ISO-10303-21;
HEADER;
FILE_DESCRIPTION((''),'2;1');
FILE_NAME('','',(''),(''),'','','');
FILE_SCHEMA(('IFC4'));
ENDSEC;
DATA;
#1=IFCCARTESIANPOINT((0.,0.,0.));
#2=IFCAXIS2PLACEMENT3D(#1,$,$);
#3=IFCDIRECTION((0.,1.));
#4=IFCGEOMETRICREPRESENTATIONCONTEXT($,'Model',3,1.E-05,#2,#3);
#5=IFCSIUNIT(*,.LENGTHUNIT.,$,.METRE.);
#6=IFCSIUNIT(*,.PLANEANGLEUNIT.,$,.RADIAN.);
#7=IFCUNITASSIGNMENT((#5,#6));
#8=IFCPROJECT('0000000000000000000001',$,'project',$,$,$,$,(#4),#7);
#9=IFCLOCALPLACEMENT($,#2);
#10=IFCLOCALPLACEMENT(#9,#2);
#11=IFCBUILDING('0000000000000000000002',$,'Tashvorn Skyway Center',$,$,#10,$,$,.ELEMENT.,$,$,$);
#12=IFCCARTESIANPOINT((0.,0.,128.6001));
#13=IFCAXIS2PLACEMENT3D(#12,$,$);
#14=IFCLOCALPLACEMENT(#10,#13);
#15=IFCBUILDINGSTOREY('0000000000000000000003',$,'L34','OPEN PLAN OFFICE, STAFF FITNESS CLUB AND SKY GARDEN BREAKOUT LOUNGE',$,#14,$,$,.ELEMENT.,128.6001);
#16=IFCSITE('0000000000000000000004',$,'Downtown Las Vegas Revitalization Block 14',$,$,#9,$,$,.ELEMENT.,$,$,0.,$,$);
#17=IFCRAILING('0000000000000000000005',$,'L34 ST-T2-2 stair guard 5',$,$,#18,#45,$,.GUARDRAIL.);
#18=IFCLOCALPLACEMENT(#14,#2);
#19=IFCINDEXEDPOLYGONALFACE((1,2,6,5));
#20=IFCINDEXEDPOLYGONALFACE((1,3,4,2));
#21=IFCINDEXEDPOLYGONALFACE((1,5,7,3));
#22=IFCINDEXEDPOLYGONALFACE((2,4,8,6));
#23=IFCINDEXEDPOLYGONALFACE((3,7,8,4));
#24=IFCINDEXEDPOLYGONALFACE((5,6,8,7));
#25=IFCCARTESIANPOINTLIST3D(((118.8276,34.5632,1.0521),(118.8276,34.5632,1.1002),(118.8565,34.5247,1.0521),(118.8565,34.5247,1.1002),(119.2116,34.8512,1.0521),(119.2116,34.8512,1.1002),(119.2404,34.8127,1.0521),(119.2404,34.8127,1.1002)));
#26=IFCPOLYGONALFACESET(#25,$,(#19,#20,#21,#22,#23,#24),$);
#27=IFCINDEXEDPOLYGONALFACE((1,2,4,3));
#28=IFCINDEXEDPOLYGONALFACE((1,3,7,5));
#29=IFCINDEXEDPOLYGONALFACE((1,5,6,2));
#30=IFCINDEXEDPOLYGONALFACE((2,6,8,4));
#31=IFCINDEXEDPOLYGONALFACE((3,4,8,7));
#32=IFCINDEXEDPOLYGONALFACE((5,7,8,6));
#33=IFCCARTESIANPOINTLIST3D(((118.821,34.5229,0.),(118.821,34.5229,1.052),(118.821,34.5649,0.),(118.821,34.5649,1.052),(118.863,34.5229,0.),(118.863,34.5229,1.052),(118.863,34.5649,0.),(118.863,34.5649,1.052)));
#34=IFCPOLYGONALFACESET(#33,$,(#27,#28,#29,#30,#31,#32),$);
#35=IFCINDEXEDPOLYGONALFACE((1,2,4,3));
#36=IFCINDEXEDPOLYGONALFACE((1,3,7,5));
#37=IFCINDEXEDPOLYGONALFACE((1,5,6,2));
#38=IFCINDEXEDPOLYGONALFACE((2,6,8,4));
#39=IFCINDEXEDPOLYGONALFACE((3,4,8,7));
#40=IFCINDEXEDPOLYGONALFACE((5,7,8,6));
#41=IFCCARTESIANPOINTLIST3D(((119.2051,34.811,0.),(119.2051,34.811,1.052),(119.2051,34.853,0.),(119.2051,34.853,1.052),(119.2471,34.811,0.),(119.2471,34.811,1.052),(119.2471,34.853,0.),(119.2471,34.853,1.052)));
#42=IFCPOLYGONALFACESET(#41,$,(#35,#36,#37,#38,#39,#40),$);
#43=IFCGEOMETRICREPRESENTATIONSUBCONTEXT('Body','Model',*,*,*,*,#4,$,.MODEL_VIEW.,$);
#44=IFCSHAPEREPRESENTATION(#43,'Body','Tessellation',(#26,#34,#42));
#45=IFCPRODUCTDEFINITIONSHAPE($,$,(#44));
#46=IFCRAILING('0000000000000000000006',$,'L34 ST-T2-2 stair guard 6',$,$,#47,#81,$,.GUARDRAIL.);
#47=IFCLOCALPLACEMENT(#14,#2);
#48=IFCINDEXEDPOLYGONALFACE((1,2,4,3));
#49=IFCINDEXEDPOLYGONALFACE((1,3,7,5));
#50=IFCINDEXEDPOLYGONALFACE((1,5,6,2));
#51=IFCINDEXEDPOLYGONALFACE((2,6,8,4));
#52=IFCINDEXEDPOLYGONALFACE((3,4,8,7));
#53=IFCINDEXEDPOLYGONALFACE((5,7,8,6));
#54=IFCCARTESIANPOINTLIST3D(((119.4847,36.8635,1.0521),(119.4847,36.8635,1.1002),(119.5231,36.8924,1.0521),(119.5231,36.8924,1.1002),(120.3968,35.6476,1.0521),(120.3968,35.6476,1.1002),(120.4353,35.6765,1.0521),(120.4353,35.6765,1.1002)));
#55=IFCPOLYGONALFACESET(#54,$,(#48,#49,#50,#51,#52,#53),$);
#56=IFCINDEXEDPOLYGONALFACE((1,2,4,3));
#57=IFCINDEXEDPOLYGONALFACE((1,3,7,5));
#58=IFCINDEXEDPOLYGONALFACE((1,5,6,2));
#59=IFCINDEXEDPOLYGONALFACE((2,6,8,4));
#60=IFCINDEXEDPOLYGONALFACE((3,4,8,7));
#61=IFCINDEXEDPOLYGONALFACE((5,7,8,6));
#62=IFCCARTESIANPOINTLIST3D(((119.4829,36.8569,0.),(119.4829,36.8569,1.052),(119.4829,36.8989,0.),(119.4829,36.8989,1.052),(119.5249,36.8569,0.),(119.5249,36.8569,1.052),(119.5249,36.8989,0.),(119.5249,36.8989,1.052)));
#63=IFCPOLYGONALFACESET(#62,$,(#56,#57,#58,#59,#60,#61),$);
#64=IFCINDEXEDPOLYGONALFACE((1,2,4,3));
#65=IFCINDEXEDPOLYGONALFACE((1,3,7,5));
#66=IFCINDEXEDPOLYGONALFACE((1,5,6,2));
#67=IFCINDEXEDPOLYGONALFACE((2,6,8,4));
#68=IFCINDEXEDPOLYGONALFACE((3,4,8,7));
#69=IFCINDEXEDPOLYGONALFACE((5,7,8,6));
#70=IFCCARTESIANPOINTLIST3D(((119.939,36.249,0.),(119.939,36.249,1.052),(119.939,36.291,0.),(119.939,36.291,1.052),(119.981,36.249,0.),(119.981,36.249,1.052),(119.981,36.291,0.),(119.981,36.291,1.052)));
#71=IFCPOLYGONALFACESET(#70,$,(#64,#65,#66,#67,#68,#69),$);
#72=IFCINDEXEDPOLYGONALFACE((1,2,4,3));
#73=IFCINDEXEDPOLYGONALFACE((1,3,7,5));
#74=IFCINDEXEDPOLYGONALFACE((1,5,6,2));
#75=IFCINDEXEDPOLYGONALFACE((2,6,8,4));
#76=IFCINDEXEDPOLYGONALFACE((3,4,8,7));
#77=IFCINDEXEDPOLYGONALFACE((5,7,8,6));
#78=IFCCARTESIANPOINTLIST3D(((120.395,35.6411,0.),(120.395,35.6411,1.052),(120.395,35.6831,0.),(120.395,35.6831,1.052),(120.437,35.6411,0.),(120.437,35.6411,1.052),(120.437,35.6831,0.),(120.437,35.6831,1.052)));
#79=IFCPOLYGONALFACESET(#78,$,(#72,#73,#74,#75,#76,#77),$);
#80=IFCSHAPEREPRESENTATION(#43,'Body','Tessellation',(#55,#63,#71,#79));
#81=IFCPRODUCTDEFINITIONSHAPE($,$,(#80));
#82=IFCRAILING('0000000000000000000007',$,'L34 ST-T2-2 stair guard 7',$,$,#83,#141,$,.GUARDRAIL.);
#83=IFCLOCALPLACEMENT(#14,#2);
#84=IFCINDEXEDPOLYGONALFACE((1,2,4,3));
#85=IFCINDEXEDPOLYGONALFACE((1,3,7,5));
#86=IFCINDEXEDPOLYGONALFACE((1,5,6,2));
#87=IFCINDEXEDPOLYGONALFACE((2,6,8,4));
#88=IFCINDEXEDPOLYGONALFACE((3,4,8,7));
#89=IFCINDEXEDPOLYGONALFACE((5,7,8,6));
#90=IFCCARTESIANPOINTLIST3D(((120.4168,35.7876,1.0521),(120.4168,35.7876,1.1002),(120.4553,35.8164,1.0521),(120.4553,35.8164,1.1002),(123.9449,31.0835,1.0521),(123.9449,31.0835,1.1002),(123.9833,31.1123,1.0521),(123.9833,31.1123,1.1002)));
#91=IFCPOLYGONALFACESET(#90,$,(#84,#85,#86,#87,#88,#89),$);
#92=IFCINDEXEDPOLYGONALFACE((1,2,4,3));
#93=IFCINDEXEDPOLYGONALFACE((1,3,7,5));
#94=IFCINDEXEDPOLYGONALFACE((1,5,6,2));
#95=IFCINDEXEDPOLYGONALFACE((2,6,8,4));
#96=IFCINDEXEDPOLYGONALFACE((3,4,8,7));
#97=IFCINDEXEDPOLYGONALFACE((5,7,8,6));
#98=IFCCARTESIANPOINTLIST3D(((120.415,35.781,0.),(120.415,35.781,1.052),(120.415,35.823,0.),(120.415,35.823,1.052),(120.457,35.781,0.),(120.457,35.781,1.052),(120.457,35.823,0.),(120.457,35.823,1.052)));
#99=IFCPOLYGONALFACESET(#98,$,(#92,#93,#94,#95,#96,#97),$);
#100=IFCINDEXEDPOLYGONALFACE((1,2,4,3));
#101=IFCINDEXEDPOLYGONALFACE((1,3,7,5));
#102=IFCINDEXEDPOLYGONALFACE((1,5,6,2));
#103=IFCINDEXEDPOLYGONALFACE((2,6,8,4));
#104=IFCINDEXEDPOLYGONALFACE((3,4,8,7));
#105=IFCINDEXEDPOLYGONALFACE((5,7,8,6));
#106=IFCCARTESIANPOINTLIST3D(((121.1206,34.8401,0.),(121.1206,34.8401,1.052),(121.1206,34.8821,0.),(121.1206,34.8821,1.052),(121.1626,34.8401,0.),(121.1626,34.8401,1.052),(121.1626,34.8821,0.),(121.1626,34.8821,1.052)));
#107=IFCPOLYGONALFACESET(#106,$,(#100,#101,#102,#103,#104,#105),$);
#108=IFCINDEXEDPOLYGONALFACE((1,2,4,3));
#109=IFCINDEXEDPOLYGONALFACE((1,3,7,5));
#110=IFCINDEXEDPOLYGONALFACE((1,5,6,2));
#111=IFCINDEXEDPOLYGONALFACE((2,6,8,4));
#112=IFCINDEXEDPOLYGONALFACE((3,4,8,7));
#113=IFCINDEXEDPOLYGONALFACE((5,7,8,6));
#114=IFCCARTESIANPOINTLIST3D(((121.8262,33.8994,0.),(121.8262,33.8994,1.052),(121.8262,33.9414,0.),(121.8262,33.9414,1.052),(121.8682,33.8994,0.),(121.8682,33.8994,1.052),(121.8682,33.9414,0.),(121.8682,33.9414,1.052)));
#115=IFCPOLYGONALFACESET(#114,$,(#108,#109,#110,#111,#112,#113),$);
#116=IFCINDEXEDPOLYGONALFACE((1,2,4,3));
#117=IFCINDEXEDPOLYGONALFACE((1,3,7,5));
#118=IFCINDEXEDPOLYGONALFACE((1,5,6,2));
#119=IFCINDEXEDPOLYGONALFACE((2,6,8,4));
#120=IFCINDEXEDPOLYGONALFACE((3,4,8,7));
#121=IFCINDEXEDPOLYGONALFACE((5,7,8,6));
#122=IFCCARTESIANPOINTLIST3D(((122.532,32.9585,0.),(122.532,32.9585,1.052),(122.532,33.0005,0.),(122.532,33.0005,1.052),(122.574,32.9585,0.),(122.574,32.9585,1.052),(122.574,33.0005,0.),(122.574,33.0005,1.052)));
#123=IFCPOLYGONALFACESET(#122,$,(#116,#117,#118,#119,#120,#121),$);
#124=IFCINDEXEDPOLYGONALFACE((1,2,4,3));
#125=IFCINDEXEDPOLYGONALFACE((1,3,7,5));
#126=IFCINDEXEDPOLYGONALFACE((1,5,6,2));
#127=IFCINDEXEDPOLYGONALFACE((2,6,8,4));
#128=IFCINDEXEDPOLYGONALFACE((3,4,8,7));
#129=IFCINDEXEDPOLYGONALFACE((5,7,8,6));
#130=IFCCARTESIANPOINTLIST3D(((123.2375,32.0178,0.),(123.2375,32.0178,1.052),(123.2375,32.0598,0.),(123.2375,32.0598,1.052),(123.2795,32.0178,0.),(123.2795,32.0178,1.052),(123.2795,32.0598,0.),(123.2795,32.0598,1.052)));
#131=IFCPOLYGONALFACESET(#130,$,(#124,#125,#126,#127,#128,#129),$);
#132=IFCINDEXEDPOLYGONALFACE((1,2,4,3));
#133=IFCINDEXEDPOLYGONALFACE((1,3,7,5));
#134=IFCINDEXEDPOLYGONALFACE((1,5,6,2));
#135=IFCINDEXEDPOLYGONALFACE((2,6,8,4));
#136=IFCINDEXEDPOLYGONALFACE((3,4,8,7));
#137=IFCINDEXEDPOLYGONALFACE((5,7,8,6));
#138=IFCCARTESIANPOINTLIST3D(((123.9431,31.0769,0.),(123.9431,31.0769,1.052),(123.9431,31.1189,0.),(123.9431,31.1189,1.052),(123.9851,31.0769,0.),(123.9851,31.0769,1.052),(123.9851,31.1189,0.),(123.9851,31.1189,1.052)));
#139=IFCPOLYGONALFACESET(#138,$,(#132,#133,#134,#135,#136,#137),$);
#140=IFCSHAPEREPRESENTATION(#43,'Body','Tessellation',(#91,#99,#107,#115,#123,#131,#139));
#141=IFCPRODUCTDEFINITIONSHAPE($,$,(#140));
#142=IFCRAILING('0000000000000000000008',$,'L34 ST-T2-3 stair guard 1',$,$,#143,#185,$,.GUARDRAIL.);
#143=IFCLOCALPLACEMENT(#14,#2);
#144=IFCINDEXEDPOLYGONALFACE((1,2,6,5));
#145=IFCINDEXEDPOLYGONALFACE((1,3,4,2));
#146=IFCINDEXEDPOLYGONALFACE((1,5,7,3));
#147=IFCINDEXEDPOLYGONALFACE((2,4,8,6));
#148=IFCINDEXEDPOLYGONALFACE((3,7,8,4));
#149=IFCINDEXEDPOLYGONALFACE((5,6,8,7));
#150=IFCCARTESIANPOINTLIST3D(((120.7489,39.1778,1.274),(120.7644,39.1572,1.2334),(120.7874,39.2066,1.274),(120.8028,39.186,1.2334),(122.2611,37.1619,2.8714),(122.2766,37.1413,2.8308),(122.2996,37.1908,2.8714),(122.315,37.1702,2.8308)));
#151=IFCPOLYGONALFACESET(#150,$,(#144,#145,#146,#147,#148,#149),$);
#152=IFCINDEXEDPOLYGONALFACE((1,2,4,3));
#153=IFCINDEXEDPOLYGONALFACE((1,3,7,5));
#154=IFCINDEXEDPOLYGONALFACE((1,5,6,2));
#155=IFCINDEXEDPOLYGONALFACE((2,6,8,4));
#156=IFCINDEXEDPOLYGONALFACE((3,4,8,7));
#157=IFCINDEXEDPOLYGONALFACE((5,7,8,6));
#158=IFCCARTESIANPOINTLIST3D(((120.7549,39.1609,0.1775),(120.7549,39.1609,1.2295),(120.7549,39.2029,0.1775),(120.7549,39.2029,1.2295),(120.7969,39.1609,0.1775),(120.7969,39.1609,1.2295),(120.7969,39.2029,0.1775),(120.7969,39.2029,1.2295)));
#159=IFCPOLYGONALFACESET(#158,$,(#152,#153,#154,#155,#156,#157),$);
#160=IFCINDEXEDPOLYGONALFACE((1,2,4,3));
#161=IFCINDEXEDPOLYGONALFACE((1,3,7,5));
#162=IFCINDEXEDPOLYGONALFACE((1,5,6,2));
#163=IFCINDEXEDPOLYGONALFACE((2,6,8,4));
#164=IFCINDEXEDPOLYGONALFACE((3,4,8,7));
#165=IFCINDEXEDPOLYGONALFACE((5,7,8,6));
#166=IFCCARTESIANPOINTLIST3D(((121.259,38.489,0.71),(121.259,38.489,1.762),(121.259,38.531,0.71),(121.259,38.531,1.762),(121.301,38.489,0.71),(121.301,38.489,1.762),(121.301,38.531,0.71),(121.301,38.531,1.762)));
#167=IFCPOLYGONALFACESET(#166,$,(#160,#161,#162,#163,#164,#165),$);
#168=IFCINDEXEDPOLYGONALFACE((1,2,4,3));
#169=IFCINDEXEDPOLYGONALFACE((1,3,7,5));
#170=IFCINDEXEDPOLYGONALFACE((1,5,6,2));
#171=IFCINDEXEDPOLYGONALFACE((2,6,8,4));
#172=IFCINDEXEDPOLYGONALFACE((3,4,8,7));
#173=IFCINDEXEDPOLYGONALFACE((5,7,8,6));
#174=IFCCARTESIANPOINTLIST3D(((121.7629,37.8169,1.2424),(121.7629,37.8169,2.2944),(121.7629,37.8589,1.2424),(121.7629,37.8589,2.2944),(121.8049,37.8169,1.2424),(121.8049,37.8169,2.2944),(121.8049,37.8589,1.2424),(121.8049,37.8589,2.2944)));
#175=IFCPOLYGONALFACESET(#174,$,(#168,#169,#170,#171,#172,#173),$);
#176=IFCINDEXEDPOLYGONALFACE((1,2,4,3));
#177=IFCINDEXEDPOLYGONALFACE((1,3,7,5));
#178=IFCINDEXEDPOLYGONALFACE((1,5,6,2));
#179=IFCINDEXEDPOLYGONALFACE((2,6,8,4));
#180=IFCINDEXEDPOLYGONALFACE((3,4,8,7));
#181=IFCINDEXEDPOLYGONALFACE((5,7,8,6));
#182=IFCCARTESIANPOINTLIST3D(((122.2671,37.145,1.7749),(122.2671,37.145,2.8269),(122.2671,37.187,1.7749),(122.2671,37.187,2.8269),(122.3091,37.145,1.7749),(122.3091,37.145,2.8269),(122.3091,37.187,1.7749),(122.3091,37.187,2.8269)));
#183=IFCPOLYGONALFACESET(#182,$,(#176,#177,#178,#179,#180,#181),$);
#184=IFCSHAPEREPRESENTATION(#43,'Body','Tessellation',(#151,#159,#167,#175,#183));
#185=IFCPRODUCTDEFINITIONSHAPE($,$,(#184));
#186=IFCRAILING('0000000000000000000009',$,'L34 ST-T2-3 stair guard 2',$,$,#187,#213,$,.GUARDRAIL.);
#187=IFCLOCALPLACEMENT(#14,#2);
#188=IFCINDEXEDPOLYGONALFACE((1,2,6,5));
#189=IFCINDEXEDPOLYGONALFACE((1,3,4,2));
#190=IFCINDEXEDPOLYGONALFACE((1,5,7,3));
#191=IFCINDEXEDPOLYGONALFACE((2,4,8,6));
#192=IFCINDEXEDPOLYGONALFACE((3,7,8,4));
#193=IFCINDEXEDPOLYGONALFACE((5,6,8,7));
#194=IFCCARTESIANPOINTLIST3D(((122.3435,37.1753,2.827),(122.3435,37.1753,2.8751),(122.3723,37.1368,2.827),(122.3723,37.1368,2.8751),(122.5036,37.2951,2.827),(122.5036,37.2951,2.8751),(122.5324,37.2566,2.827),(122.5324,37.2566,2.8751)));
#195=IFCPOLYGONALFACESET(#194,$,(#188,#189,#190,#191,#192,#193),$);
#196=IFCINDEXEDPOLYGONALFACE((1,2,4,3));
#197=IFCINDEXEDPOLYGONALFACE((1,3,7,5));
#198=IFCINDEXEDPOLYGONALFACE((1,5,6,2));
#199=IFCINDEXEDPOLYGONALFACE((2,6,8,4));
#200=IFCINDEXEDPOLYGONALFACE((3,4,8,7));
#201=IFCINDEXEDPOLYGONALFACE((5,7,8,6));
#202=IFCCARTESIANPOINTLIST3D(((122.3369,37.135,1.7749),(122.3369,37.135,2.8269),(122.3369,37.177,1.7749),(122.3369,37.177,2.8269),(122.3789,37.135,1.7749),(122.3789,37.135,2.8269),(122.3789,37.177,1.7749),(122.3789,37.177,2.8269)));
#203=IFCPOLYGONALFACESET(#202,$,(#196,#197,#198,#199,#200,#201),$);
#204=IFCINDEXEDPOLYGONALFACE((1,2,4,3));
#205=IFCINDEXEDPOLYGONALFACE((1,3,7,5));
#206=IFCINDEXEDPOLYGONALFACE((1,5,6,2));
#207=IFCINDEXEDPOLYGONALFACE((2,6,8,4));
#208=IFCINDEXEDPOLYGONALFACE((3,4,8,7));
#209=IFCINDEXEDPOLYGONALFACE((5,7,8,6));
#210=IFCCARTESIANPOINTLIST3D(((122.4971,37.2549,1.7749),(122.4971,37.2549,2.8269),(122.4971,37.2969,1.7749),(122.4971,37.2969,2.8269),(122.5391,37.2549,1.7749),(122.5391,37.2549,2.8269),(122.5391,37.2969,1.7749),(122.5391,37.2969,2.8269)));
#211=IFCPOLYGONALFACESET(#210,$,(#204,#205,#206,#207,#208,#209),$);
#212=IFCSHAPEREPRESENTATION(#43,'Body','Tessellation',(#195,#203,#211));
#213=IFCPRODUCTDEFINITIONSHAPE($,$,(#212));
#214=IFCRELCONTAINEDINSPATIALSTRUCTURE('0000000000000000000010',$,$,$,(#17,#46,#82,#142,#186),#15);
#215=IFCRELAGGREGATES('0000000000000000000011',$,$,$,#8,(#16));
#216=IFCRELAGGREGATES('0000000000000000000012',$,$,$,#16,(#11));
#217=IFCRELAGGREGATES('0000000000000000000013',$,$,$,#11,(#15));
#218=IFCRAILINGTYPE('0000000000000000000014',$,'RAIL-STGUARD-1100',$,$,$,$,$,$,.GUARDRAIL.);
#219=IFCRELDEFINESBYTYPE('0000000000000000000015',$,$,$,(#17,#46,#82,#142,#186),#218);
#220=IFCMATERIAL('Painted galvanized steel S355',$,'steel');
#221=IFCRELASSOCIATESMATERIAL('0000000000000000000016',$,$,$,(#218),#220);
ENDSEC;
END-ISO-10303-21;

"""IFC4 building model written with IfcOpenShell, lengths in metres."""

from ifc_helpers import new_model, si_unit, direction, frame, origin, origin_2d, place, context, subcontext, project, spatial, rectangle, extrude, material, type_object, element, save


model = new_model("IFC4")

# Units and contexts
model_context = context("Model", 3, precision=1e-05, world=origin(), true_north=direction((0.0, 1.0)))
body_context = subcontext(model_context, "Body", "Model", "MODEL_VIEW")
ifc_project = project(units=[si_unit("LENGTHUNIT", "METRE"), si_unit("PLANEANGLEUNIT", "RADIAN")], contexts=[model_context])

# Site, building, storey
site_placement = place(None, origin())
site = spatial("IfcSite", under=ifc_project, at=site_placement, Name="Downtown Las Vegas Revitalization Block 14", CompositionType="ELEMENT", RefElevation=0.0)
building_placement = place(site_placement, origin())
building = spatial("IfcBuilding", under=site, at=building_placement, Name="Tashvorn Skyway Center", CompositionType="ELEMENT")
storey_placement = place(building_placement, frame((0.0, 0.0, 128.6001)))
storey = spatial("IfcBuildingStorey", under=building, at=storey_placement, Name="L34", Description="OPEN PLAN OFFICE, STAFF FITNESS CLUB AND SKY GARDEN BREAKOUT LOUNGE", CompositionType="ELEMENT", Elevation=128.6001)

# Railings
ifc_material_1 = material(Name="Painted galvanized steel S355", Category="steel")
railing_type_1 = type_object("IfcRailingType", Name="RAIL-STGUARD-1100", PredefinedType="GUARDRAIL", material=ifc_material_1)
railing_1_placement = place(storey_placement, frame((118.842, 34.5439, 0.0)))
element("IfcRailing", 1, at=railing_1_placement, inside=storey, type_object=railing_type_1, Name="L34 ST-T2-2 stair guard 5", PredefinedType="GUARDRAIL", context=body_context, shape_type="SweptSolid", body=[
    extrude(rectangle(XDim=0.0481, YDim=0.0481, at=origin_2d()), frame((0.0, 0.0, 1.0762), z_axis=(0.799939, 0.600081, 0.0), x_axis=(-0.600081, 0.799939, 0.0)), (0.0, 0.0, 1.0), 0.48),
    extrude(rectangle(XDim=0.042, YDim=0.042, at=origin_2d()), origin(), (0.0, 0.0, 1.0), 1.052),
    extrude(rectangle(XDim=0.042, YDim=0.042, at=origin_2d()), frame((0.384, 0.2881, 0.0)), (0.0, 0.0, 1.0), 1.052),
])
railing_2_placement = place(storey_placement, frame((119.5039, 36.8779, 0.0)))
element("IfcRailing", 2, at=railing_2_placement, inside=storey, type_object=railing_type_1, Name="L34 ST-T2-2 stair guard 6", PredefinedType="GUARDRAIL", context=body_context, shape_type="SweptSolid", body=[
    extrude(rectangle(XDim=0.0481, YDim=0.0481, at=origin_2d()), frame((0.0, 0.0, 1.0762), z_axis=(0.600103, -0.799923, 0.0), x_axis=(0.799923, 0.600103, 0.0)), (0.0, 0.0, 1.0), 1.52),
    extrude(rectangle(XDim=0.042, YDim=0.042, at=origin_2d()), origin(), (0.0, 0.0, 1.0), 1.052),
    extrude(rectangle(XDim=0.042, YDim=0.042, at=origin_2d()), frame((0.4561, -0.6079, 0.0)), (0.0, 0.0, 1.0), 1.052),
    extrude(rectangle(XDim=0.042, YDim=0.042, at=origin_2d()), frame((0.9121, -1.2158, 0.0)), (0.0, 0.0, 1.0), 1.052),
])
railing_3_placement = place(storey_placement, frame((120.436, 35.802, 0.0)))
element("IfcRailing", 3, at=railing_3_placement, inside=storey, type_object=railing_type_1, Name="L34 ST-T2-2 stair guard 7", PredefinedType="GUARDRAIL", context=body_context, shape_type="SweptSolid", body=[
    extrude(rectangle(XDim=0.0481, YDim=0.0481, at=origin_2d()), frame((0.0, 0.0, 1.0762), z_axis=(0.6, -0.8, 0.0), x_axis=(0.8, 0.6, 0.0)), (0.0, 0.0, 1.0), 5.8801),
    extrude(rectangle(XDim=0.042, YDim=0.042, at=origin_2d()), origin(), (0.0, 0.0, 1.0), 1.052),
    extrude(rectangle(XDim=0.042, YDim=0.042, at=origin_2d()), frame((0.7056, -0.9409, 0.0)), (0.0, 0.0, 1.0), 1.052),
    extrude(rectangle(XDim=0.042, YDim=0.042, at=origin_2d()), frame((1.4111, -1.8816, 0.0)), (0.0, 0.0, 1.0), 1.052),
    extrude(rectangle(XDim=0.042, YDim=0.042, at=origin_2d()), frame((2.1169, -2.8225, 0.0)), (0.0, 0.0, 1.0), 1.052),
    extrude(rectangle(XDim=0.042, YDim=0.042, at=origin_2d()), frame((2.8225, -3.7632, 0.0)), (0.0, 0.0, 1.0), 1.052),
    extrude(rectangle(XDim=0.042, YDim=0.042, at=origin_2d()), frame((3.5281, -4.7041, 0.0)), (0.0, 0.0, 1.0), 1.052),
])
railing_4_placement = place(storey_placement, frame((120.7759, 39.1819, 0.1775)))
element("IfcRailing", 4, at=railing_4_placement, inside=storey, type_object=railing_type_1, Name="L34 ST-T2-3 stair guard 1", PredefinedType="GUARDRAIL", context=body_context, shape_type="SweptSolid", body=[
    extrude(rectangle(XDim=0.0481, YDim=0.0481, at=origin_2d()), frame((0.0, 0.0, 1.0762), z_axis=(0.50683, -0.675636, 0.535387), x_axis=(0.799942, 0.600078, 0.0)), (0.0, 0.0, 1.0), 2.9836),
    extrude(rectangle(XDim=0.042, YDim=0.042, at=origin_2d()), origin(), (0.0, 0.0, 1.0), 1.052),
    extrude(rectangle(XDim=0.042, YDim=0.042, at=origin_2d()), frame((0.5042, -0.6719, 0.5325)), (0.0, 0.0, 1.0), 1.052),
    extrude(rectangle(XDim=0.042, YDim=0.042, at=origin_2d()), frame((1.0081, -1.344, 1.0649)), (0.0, 0.0, 1.0), 1.052),
    extrude(rectangle(XDim=0.042, YDim=0.042, at=origin_2d()), frame((1.5122, -2.0159, 1.5974)), (0.0, 0.0, 1.0), 1.052),
])
railing_5_placement = place(storey_placement, frame((122.3579, 37.156, 1.7749)))
element("IfcRailing", 5, at=railing_5_placement, inside=storey, type_object=railing_type_1, Name="L34 ST-T2-3 stair guard 2", PredefinedType="GUARDRAIL", context=body_context, shape_type="SweptSolid", body=[
    extrude(rectangle(XDim=0.0481, YDim=0.0481, at=origin_2d()), frame((0.0, 0.0, 1.0762), z_axis=(0.800585, 0.599219, 0.0), x_axis=(-0.599219, 0.800585, 0.0)), (0.0, 0.0, 1.0), 0.2),
    extrude(rectangle(XDim=0.042, YDim=0.042, at=origin_2d()), origin(), (0.0, 0.0, 1.0), 1.052),
    extrude(rectangle(XDim=0.042, YDim=0.042, at=origin_2d()), frame((0.1602, 0.1199, 0.0)), (0.0, 0.0, 1.0), 1.052),
])

save(model, "model.ifc")
